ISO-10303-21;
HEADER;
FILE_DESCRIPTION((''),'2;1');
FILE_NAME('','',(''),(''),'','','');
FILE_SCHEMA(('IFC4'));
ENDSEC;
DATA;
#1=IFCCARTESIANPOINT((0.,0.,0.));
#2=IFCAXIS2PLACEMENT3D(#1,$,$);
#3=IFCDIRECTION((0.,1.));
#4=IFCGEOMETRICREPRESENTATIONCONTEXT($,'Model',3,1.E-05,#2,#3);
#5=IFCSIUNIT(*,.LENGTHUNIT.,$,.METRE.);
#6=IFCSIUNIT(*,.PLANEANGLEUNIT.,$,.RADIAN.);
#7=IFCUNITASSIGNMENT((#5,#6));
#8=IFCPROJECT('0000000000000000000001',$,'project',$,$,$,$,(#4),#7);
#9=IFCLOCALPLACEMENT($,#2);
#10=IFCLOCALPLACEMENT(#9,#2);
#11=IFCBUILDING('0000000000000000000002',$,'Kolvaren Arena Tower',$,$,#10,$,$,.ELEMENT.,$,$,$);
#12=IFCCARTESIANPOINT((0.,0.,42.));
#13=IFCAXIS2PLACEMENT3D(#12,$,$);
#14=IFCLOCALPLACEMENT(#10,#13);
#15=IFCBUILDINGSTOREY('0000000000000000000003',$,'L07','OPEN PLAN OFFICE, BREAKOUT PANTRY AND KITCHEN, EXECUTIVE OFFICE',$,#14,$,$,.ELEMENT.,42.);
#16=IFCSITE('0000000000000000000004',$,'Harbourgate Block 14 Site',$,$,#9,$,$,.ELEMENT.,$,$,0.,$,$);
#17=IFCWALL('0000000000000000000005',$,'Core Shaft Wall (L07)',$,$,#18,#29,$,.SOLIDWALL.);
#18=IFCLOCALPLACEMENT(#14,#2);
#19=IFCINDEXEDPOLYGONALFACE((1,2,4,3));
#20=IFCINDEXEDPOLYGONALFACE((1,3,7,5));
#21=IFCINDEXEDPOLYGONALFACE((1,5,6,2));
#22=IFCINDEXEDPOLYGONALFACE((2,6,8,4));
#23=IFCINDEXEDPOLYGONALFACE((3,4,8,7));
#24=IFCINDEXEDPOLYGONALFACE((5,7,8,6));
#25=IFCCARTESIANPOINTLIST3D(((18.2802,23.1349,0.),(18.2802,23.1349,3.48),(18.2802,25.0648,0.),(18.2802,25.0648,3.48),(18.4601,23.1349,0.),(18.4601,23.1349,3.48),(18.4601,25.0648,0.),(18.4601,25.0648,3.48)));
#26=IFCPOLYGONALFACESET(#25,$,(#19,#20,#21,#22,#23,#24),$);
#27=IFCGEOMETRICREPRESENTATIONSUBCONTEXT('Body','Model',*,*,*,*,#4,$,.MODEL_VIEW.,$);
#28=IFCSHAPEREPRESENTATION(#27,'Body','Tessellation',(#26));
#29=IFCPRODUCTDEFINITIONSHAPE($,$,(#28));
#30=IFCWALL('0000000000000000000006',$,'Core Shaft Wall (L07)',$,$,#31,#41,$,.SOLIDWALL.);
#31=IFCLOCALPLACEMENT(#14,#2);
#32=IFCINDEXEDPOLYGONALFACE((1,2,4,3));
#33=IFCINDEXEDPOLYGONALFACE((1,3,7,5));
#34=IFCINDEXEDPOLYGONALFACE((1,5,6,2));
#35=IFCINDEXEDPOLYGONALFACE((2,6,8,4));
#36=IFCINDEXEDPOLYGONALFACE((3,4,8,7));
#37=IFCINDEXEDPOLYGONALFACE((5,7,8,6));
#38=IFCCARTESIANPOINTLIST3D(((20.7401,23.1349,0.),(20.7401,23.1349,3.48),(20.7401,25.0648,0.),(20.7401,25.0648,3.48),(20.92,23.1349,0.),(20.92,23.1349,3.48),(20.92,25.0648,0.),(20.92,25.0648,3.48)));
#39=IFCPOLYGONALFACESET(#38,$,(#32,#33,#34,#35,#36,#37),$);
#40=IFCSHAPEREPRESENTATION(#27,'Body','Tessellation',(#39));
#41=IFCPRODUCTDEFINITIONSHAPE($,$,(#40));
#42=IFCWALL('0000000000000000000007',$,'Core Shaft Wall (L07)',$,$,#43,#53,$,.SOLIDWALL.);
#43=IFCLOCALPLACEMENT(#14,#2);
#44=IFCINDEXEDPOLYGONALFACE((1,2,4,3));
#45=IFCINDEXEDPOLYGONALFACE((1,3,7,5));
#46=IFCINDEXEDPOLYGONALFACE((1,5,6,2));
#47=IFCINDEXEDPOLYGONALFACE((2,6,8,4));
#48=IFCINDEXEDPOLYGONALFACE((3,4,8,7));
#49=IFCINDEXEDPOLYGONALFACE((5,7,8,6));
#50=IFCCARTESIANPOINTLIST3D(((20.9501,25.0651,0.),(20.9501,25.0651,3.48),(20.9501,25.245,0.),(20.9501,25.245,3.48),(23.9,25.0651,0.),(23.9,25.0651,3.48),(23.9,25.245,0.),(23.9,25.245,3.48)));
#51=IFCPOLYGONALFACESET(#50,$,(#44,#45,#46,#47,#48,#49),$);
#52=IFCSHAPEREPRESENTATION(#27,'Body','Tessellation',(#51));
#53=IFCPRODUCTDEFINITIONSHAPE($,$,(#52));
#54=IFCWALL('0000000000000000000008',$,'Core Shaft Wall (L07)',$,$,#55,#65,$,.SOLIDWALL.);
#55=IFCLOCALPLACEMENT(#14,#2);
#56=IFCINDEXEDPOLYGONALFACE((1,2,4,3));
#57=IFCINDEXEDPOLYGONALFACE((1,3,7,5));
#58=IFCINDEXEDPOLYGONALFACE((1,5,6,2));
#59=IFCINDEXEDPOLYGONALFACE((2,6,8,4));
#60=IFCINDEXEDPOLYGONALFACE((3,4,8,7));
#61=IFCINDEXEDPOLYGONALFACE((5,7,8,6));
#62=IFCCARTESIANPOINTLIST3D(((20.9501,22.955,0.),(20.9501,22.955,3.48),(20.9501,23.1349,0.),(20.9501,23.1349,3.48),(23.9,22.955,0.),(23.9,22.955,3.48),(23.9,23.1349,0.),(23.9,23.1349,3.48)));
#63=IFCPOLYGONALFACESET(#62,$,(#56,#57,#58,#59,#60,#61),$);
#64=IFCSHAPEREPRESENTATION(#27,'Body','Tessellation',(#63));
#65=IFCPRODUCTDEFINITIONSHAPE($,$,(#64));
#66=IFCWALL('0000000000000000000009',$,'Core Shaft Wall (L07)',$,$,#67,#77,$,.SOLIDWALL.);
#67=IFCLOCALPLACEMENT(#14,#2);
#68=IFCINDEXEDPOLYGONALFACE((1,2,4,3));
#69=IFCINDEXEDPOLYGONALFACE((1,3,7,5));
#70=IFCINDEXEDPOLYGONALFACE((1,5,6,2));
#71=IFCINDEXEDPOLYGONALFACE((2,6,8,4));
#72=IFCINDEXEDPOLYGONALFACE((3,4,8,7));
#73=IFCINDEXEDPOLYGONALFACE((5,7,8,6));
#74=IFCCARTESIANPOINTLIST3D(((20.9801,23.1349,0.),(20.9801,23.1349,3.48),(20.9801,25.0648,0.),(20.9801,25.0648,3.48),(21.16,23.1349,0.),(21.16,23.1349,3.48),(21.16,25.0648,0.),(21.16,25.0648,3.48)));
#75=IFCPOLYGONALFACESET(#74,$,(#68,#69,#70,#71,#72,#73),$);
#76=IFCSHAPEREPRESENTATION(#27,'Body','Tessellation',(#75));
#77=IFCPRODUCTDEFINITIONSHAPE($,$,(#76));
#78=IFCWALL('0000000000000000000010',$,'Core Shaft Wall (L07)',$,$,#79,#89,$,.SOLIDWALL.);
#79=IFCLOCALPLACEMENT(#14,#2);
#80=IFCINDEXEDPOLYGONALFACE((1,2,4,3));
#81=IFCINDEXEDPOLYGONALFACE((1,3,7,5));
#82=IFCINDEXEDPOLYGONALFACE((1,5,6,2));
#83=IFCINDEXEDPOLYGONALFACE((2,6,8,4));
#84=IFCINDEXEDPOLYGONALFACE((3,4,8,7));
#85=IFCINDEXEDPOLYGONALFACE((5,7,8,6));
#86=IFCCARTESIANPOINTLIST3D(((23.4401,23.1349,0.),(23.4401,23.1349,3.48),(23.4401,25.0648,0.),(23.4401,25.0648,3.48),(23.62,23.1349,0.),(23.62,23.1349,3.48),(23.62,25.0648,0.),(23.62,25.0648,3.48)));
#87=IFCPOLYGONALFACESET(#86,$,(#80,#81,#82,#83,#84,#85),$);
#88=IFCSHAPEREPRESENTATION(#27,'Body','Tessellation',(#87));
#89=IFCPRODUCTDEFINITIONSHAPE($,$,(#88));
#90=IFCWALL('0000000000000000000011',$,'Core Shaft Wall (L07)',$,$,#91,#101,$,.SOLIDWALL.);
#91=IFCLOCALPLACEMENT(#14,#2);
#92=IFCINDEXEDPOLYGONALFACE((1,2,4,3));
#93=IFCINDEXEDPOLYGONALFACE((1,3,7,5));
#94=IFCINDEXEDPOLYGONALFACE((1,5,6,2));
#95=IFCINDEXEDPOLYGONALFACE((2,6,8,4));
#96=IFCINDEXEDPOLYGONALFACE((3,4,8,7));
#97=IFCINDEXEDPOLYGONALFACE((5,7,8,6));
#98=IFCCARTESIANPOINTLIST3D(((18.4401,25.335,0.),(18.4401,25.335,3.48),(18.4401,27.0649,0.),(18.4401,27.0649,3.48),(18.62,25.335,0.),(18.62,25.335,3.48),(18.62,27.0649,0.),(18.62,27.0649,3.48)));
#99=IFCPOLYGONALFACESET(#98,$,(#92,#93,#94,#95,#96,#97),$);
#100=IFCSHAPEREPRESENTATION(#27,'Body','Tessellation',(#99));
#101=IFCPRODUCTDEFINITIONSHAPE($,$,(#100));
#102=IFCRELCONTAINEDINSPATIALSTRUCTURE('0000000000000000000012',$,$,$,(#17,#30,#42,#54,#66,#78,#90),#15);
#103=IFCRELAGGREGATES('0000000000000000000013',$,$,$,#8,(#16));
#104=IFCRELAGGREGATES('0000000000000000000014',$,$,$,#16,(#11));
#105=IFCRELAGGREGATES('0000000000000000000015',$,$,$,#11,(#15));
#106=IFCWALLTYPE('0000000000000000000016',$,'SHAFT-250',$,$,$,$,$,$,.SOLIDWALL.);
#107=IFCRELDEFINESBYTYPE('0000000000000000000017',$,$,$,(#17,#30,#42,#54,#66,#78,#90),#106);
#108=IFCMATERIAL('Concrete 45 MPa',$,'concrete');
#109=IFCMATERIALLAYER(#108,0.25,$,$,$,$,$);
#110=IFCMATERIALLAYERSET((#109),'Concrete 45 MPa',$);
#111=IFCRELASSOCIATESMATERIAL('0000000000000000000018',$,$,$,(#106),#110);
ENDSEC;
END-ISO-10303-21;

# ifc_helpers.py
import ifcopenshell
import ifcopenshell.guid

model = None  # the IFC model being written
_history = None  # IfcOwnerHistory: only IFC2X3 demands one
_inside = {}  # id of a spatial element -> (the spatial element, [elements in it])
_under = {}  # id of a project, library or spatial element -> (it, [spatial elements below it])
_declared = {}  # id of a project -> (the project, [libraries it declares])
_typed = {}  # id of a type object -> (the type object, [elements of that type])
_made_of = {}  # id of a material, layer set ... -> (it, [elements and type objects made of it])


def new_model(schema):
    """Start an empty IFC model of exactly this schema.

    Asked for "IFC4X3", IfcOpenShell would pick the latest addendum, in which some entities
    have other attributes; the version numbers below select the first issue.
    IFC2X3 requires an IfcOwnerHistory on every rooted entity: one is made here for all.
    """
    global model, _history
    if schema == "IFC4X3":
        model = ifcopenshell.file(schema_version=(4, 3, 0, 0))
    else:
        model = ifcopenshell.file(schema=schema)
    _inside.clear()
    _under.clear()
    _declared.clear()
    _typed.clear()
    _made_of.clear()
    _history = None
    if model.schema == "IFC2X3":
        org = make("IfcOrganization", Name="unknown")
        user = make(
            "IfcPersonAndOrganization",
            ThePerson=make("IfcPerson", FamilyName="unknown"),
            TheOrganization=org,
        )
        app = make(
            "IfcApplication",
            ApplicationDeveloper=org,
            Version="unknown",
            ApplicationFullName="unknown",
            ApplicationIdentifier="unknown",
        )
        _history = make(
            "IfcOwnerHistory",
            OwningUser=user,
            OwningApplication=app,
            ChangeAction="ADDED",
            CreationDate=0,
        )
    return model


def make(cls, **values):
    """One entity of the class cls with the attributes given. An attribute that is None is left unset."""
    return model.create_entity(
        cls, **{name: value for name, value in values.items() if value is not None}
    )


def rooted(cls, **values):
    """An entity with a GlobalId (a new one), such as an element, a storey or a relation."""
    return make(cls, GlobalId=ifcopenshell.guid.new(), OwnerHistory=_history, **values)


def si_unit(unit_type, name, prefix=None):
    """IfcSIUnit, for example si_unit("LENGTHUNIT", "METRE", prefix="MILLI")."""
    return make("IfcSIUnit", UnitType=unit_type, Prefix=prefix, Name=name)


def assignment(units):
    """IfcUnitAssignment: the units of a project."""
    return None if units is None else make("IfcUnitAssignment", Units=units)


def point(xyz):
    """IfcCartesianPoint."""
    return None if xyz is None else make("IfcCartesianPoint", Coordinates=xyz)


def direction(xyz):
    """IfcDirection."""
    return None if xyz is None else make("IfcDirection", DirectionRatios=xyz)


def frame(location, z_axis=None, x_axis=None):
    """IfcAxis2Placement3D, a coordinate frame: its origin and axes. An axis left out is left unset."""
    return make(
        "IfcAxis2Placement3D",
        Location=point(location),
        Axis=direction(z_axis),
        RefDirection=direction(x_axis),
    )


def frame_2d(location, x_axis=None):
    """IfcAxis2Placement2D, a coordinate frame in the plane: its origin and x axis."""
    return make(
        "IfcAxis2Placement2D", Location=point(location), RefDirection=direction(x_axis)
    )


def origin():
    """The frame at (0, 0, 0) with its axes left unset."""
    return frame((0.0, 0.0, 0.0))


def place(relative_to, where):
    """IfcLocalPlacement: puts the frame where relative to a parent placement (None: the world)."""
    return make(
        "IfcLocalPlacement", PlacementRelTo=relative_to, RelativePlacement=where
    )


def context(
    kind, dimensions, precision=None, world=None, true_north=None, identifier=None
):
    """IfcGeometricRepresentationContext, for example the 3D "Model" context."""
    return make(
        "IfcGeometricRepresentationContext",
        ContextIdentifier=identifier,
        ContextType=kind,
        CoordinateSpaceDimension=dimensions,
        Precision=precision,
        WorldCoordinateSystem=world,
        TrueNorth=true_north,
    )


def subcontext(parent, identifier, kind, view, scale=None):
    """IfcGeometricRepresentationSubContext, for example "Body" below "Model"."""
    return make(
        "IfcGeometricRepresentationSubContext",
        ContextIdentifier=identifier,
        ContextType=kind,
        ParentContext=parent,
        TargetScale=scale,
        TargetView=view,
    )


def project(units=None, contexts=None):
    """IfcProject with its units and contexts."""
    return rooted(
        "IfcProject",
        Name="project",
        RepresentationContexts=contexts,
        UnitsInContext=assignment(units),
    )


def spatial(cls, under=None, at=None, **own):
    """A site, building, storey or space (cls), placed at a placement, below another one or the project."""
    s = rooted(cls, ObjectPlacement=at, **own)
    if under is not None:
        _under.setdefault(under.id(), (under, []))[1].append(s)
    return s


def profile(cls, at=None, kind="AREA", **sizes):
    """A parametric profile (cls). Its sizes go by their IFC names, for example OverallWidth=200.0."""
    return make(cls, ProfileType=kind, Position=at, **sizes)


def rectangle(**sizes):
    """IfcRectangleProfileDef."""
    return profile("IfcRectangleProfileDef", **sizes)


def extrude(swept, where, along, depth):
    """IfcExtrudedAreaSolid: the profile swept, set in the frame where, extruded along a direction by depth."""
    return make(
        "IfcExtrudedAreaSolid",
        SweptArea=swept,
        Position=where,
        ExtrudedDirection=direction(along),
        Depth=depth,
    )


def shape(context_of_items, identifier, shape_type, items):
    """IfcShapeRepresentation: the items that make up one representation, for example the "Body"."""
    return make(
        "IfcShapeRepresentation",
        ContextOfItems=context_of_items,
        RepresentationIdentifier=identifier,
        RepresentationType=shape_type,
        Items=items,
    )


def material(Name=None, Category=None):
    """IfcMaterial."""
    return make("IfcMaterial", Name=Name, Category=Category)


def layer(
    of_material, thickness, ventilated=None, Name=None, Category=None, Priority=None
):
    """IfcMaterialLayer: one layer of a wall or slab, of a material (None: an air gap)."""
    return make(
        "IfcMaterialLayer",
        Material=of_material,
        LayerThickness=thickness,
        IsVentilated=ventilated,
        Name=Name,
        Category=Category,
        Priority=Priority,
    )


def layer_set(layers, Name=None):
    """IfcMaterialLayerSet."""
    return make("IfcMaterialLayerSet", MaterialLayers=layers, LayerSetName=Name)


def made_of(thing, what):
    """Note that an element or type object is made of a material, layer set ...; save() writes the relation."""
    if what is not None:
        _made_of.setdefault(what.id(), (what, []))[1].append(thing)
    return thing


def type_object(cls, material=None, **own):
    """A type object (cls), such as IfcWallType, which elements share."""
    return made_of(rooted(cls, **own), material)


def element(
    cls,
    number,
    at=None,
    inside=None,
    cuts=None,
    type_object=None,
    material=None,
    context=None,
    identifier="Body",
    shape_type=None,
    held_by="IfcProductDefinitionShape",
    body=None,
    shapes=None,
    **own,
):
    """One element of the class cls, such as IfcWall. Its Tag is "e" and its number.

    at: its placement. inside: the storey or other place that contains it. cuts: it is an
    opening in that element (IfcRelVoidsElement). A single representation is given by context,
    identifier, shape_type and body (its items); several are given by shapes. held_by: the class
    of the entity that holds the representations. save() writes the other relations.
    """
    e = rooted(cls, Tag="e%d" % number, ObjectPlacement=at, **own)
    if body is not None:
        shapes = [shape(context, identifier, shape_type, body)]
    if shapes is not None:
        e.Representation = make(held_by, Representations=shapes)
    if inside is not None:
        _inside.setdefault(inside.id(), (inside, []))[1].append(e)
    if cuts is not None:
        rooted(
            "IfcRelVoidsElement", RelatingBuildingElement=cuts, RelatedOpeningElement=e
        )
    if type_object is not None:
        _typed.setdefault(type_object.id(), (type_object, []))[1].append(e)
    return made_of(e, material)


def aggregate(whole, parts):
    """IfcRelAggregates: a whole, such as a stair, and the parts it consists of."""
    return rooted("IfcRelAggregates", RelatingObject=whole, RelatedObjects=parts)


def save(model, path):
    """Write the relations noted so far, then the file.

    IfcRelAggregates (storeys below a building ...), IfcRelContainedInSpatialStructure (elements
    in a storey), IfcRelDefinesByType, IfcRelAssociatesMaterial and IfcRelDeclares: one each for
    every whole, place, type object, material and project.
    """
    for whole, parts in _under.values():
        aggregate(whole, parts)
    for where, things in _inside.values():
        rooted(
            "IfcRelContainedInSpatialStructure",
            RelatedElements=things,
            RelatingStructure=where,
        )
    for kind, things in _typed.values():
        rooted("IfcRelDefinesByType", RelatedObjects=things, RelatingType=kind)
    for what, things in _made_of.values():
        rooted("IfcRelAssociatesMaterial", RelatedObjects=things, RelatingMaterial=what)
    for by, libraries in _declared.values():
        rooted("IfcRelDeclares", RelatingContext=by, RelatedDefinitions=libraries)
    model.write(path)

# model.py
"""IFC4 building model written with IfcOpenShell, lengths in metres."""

from ifc_helpers import new_model, si_unit, direction, frame, frame_2d, origin, place, context, subcontext, project, spatial, rectangle, extrude, material, layer, layer_set, type_object, element, save


model = new_model("IFC4")

# Units and contexts
model_context = context("Model", 3, precision=1e-05, world=origin(), true_north=direction((0.0, 1.0)))
body_context = subcontext(model_context, "Body", "Model", "MODEL_VIEW")
ifc_project = project(units=[si_unit("LENGTHUNIT", "METRE"), si_unit("PLANEANGLEUNIT", "RADIAN")], contexts=[model_context])

# Site, building, storey
site_placement = place(None, origin())
site = spatial("IfcSite", under=ifc_project, at=site_placement, Name="Harbourgate Block 14 Site", CompositionType="ELEMENT", RefElevation=0.0)
building_placement = place(site_placement, origin())
building = spatial("IfcBuilding", under=site, at=building_placement, Name="Kolvaren Arena Tower", CompositionType="ELEMENT")
storey_placement = place(building_placement, frame((0.0, 0.0, 42.0)))
storey = spatial("IfcBuildingStorey", under=building, at=storey_placement, Name="L07", Description="OPEN PLAN OFFICE, BREAKOUT PANTRY AND KITCHEN, EXECUTIVE OFFICE", CompositionType="ELEMENT", Elevation=42.0)

# Shared definitions
ifc_material_1 = material(Name="Concrete 45 MPa", Category="concrete")
ifc_layer = layer(ifc_material_1, 0.25)
ifc_layer_set = layer_set([ifc_layer], Name="Concrete 45 MPa")
wall_type = type_object("IfcWallType", Name="SHAFT-250", PredefinedType="SOLIDWALL", material=ifc_layer_set)

# Walls
for number, where, z_axis, x_axis, name in (
    (1, (18.3701, 23.135, 0.0), (0.0, 0.0, 1.0), (0.0, 1.0, 0.0), "Core Shaft Wall (L07)"),
    (2, (20.8301, 23.135, 0.0), (0.0, 0.0, 1.0), (0.0, 1.0, 0.0), "Core Shaft Wall (L07)"),
):
    element("IfcWall", number, at=place(storey_placement, frame(where, z_axis=z_axis, x_axis=x_axis)), inside=storey, type_object=wall_type, Name=name, PredefinedType="SOLIDWALL", context=body_context, shape_type="SweptSolid", body=[
        extrude(rectangle(XDim=1.9299, YDim=0.1799, at=frame_2d((0.9648, 0.0))), origin(), (0.0, 0.0, 1.0), 3.48),
    ])
for number, where, z_axis, x_axis, name in (
    (3, (20.95, 25.155, 0.0), (0.0, 0.0, 1.0), (1.0, 0.0, 0.0), "Core Shaft Wall (L07)"),
    (4, (20.95, 23.0449, 0.0), (0.0, 0.0, 1.0), (1.0, 0.0, 0.0), "Core Shaft Wall (L07)"),
):
    element("IfcWall", number, at=place(storey_placement, frame(where, z_axis=z_axis, x_axis=x_axis)), inside=storey, type_object=wall_type, Name=name, PredefinedType="SOLIDWALL", context=body_context, shape_type="SweptSolid", body=[
        extrude(rectangle(XDim=2.95, YDim=0.1799, at=frame_2d((1.4751, 0.0))), origin(), (0.0, 0.0, 1.0), 3.48),
    ])
for number, where, z_axis, x_axis, name in (
    (5, (21.0701, 23.135, 0.0), (0.0, 0.0, 1.0), (0.0, 1.0, 0.0), "Core Shaft Wall (L07)"),
    (6, (23.53, 23.135, 0.0), (0.0, 0.0, 1.0), (0.0, 1.0, 0.0), "Core Shaft Wall (L07)"),
):
    element("IfcWall", number, at=place(storey_placement, frame(where, z_axis=z_axis, x_axis=x_axis)), inside=storey, type_object=wall_type, Name=name, PredefinedType="SOLIDWALL", context=body_context, shape_type="SweptSolid", body=[
        extrude(rectangle(XDim=1.9299, YDim=0.1799, at=frame_2d((0.9648, 0.0))), origin(), (0.0, 0.0, 1.0), 3.48),
    ])
wall_1_placement = place(storey_placement, frame((18.53, 25.335, 0.0), z_axis=(0.0, 0.0, 1.0), x_axis=(0.0, 1.0, 0.0)))
element("IfcWall", 7, at=wall_1_placement, inside=storey, type_object=wall_type, Name="Core Shaft Wall (L07)", PredefinedType="SOLIDWALL", context=body_context, shape_type="SweptSolid", body=[
    extrude(rectangle(XDim=1.73, YDim=0.1799, at=frame_2d((0.865, 0.0))), origin(), (0.0, 0.0, 1.0), 3.48),
])

save(model, "model.ifc")
